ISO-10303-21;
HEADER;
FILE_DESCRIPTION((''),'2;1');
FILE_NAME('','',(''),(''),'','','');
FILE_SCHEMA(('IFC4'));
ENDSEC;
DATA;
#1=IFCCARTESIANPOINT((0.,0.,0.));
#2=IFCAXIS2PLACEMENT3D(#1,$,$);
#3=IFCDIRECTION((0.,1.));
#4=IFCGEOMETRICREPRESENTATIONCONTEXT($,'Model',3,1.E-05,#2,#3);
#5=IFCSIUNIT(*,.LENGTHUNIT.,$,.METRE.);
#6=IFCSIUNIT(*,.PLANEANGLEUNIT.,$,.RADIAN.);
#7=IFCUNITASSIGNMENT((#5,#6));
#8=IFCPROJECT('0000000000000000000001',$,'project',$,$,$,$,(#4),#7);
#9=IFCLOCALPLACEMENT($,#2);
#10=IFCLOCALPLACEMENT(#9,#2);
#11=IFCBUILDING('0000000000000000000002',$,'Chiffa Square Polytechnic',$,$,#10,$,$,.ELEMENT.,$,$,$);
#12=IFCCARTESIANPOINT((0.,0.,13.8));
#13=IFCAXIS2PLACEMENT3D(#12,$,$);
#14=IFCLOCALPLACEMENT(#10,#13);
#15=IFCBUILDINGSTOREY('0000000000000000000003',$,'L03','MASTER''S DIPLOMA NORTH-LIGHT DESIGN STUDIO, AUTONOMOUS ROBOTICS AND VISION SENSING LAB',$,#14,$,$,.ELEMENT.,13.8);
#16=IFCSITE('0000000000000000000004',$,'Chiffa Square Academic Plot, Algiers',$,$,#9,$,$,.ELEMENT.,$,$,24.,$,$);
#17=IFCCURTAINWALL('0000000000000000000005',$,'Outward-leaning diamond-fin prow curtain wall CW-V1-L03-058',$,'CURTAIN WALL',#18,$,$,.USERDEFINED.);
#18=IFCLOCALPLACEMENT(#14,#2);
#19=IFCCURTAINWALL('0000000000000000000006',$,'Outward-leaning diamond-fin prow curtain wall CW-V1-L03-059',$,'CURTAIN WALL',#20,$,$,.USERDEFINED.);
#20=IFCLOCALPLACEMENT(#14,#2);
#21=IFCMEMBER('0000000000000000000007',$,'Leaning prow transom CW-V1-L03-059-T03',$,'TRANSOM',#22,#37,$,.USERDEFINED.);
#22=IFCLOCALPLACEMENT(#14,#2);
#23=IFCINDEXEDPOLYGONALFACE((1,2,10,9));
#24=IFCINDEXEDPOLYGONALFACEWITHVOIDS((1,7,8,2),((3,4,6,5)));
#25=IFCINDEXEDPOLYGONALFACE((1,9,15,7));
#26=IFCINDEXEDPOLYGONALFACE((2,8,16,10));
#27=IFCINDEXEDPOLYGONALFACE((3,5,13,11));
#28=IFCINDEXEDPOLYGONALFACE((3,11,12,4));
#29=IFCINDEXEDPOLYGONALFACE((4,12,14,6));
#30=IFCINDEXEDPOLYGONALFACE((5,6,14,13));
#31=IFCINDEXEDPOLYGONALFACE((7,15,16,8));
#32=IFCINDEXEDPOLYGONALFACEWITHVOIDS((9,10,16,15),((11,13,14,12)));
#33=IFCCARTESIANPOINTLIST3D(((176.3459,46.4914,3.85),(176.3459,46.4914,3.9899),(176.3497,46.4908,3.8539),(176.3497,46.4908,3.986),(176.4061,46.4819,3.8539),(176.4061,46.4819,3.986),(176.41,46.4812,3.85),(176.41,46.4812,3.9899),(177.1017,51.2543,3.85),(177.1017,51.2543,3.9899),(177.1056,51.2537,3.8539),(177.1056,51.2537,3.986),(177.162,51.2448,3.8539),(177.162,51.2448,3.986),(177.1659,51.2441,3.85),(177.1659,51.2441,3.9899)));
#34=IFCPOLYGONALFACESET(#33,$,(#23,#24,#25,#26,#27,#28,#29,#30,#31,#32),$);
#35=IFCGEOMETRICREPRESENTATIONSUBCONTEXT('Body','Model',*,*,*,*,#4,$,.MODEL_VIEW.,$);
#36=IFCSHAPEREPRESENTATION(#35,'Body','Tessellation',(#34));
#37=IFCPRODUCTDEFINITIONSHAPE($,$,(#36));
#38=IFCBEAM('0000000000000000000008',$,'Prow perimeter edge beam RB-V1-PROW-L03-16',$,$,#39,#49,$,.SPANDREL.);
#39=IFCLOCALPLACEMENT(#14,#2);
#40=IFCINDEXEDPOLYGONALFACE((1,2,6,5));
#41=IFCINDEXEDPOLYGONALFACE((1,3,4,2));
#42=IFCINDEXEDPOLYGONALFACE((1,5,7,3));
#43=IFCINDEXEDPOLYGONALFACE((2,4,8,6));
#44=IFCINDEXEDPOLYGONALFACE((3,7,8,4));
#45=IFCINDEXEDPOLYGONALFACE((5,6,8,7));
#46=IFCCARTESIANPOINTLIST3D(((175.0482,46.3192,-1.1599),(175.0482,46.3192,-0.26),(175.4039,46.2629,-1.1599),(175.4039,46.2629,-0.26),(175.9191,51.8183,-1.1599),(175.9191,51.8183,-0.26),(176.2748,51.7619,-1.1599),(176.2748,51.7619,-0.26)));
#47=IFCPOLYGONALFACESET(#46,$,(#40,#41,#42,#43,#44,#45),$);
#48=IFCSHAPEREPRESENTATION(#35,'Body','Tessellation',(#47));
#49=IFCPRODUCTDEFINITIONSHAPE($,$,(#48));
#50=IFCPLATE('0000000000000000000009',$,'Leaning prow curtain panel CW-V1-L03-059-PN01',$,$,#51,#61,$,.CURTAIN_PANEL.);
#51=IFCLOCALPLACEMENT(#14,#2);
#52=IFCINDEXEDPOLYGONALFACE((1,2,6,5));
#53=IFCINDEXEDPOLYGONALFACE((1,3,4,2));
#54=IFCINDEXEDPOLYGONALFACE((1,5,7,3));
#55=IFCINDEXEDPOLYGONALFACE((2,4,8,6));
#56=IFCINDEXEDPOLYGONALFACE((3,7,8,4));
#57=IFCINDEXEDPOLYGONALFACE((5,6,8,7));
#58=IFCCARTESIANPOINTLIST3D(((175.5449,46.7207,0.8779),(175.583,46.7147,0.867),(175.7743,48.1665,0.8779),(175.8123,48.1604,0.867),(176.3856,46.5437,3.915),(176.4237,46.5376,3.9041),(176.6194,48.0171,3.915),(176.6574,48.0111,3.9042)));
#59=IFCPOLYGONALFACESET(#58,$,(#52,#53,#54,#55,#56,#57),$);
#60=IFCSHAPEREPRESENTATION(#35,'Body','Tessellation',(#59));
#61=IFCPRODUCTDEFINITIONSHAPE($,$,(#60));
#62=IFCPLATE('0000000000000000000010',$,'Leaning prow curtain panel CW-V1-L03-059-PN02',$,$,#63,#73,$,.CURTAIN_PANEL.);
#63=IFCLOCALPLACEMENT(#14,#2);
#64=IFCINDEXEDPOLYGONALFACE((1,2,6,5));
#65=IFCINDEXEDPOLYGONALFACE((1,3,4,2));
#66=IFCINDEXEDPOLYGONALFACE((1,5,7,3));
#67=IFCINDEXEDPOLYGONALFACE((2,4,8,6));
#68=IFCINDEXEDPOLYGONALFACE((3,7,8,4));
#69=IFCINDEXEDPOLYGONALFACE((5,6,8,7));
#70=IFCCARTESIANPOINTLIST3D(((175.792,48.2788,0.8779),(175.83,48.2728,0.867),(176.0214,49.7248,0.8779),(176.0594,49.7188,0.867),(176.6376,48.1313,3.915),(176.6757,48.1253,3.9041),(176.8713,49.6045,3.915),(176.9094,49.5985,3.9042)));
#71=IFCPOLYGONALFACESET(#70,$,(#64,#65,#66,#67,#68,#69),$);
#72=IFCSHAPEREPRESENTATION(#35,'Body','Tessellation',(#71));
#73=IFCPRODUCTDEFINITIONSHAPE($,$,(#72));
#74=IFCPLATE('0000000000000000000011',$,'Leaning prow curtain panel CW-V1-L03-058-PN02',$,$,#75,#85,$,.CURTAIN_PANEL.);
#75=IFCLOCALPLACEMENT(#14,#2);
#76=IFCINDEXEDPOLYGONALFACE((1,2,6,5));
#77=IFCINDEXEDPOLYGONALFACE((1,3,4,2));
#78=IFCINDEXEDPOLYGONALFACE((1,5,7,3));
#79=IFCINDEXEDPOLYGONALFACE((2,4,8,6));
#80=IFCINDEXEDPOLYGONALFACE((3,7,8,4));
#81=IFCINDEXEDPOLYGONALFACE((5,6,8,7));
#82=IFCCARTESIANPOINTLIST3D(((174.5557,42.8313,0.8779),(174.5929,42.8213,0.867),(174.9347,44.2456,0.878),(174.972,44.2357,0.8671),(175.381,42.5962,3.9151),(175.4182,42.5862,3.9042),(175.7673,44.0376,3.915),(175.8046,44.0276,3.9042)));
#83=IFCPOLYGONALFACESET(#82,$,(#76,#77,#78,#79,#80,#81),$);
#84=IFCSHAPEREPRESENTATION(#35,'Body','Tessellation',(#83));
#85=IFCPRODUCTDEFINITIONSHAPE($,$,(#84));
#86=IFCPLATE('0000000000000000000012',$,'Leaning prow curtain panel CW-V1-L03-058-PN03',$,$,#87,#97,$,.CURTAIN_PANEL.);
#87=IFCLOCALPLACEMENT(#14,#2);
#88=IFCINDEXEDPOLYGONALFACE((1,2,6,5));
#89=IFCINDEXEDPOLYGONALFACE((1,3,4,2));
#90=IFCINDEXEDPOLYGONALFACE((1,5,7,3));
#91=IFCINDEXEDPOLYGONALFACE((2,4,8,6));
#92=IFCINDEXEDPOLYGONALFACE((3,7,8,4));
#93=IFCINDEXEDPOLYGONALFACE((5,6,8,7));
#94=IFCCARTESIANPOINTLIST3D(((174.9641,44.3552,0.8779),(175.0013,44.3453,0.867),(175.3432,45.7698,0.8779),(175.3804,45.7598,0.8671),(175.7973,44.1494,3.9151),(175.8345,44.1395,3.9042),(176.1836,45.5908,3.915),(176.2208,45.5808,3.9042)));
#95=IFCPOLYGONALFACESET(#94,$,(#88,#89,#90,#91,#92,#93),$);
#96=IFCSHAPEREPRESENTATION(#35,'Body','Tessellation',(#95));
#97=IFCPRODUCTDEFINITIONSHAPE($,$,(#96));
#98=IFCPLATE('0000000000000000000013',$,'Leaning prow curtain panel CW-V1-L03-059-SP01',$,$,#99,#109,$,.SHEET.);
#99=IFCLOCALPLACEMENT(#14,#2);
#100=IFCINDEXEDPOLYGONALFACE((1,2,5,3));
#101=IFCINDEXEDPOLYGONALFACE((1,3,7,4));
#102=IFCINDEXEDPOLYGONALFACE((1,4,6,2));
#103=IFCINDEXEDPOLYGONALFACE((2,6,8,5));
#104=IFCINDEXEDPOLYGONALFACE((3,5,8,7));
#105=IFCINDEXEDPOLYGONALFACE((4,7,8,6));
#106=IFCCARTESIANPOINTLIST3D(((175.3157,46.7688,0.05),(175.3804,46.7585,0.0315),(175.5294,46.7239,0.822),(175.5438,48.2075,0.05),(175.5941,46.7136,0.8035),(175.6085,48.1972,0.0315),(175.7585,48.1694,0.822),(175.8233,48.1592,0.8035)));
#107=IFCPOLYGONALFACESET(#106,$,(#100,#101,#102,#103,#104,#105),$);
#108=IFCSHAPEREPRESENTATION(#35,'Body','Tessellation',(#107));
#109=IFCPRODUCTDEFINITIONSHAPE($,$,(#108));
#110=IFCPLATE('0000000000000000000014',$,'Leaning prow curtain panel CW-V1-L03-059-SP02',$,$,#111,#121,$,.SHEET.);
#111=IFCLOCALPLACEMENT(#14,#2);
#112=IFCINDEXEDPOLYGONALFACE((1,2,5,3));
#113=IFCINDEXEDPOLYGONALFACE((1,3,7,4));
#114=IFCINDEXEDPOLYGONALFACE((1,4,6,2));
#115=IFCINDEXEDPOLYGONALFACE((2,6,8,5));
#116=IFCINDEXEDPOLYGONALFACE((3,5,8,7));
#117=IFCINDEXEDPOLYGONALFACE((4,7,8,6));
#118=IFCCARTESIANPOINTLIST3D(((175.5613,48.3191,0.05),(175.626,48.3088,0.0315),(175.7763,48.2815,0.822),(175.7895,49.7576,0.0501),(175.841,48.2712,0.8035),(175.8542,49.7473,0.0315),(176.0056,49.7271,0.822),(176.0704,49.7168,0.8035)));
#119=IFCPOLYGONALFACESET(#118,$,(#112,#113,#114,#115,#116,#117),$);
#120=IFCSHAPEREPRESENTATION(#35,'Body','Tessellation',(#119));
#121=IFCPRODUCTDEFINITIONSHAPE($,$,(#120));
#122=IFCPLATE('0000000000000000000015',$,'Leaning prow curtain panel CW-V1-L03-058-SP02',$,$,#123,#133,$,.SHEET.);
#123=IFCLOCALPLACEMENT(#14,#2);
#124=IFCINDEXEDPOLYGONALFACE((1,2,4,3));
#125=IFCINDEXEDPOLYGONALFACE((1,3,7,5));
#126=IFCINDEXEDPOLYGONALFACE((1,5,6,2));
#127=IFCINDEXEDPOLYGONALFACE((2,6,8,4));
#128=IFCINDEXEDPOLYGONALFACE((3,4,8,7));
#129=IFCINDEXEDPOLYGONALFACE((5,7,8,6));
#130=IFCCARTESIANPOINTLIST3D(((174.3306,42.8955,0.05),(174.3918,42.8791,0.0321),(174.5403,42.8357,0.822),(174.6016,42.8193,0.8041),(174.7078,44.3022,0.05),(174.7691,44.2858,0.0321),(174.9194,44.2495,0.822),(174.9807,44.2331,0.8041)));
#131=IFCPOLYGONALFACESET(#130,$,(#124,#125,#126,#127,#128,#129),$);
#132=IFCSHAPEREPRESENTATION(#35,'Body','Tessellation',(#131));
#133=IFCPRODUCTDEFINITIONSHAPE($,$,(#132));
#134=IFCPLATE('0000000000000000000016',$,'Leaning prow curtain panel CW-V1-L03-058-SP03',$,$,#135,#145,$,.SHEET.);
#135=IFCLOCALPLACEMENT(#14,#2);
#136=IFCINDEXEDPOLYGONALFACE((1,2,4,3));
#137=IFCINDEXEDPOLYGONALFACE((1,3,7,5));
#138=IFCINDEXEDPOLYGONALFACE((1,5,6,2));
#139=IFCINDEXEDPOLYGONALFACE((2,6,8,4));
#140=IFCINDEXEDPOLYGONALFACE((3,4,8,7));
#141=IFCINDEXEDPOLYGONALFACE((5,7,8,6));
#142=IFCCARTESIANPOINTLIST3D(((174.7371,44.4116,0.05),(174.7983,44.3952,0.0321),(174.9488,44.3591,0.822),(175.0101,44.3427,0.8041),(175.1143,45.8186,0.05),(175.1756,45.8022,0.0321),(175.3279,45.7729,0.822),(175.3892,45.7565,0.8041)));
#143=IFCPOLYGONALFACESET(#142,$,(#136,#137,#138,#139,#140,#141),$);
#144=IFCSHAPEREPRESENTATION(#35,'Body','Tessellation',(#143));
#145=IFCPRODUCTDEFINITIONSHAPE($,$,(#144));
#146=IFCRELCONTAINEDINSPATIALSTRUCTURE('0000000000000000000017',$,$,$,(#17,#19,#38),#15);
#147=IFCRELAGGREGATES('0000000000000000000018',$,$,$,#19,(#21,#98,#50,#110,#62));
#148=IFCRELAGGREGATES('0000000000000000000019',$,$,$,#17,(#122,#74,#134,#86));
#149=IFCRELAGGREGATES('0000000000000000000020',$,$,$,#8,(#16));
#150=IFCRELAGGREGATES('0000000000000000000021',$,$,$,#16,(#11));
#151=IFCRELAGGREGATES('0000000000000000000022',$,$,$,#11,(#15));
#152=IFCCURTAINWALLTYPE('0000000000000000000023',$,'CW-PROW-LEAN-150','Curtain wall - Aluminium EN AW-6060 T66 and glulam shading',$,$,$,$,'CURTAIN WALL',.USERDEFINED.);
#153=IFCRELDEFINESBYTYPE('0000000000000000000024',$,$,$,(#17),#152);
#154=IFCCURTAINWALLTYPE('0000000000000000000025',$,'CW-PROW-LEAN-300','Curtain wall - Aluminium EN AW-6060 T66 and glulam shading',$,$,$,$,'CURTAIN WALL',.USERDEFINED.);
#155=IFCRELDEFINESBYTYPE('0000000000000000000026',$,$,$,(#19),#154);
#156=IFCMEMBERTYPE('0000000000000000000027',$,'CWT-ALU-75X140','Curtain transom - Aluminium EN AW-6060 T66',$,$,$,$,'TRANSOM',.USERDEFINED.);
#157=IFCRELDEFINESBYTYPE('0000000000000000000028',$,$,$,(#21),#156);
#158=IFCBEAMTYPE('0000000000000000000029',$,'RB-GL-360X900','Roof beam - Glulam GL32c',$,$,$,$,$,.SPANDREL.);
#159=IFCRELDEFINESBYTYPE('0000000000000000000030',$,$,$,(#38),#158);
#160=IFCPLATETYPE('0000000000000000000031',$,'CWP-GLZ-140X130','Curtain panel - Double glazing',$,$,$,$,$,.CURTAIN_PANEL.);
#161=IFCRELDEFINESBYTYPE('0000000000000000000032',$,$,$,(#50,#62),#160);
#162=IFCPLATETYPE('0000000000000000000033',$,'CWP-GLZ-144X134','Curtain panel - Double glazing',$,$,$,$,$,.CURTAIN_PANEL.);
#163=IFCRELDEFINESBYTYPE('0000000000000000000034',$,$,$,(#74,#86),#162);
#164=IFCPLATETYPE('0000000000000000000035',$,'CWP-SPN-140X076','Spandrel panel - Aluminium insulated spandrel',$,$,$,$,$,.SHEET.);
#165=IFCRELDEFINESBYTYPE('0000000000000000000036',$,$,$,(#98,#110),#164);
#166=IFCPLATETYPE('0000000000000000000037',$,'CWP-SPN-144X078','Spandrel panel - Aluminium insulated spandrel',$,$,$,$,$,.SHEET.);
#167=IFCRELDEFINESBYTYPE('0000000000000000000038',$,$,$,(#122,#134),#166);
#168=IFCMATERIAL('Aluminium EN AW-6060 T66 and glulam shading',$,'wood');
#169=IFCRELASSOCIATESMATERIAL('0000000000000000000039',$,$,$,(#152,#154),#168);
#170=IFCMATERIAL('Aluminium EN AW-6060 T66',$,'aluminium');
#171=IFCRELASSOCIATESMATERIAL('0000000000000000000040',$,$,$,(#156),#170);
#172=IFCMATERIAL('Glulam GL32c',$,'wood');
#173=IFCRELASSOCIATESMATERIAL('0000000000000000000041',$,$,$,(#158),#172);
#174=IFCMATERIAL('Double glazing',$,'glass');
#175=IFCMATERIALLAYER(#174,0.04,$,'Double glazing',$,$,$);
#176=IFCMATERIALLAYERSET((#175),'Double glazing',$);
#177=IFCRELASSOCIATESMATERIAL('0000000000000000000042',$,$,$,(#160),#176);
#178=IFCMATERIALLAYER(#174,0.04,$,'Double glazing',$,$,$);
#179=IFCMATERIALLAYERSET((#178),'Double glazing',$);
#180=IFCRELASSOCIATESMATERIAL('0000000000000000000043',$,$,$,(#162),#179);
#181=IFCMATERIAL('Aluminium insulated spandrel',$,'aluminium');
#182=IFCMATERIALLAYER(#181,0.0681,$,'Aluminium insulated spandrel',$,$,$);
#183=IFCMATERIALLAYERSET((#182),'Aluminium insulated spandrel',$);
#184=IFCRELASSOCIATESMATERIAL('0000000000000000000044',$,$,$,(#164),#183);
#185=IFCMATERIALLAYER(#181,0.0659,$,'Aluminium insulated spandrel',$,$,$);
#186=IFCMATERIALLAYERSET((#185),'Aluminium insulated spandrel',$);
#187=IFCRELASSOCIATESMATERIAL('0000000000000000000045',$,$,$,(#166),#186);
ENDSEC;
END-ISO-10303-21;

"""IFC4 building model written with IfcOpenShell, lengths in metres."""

from ifc_helpers import new_model, si_unit, direction, frame, origin, origin_2d, place, context, subcontext, project, spatial, polyline, rectangle, hollow_rectangle, outline, extrude, material, layer, layer_set, material_profile, profile_set, type_object, element, aggregate, save


model = new_model("IFC4")

# Units and contexts
model_context = context("Model", 3, precision=1e-05, world=origin(), true_north=direction((0.0, 1.0)))
body_context = subcontext(model_context, "Body", "Model", "MODEL_VIEW")
ifc_project = project(units=[si_unit("LENGTHUNIT", "METRE"), si_unit("PLANEANGLEUNIT", "RADIAN")], contexts=[model_context])

# Site, building, storey
site_placement = place(None, origin())
site = spatial("IfcSite", under=ifc_project, at=site_placement, Name="Chiffa Square Academic Plot, Algiers", CompositionType="ELEMENT", RefElevation=24.0)
building_placement = place(site_placement, origin())
building = spatial("IfcBuilding", under=site, at=building_placement, Name="Chiffa Square Polytechnic", CompositionType="ELEMENT")
storey_placement = place(building_placement, frame((0.0, 0.0, 13.8)))
storey = spatial("IfcBuildingStorey", under=building, at=storey_placement, Name="L03", Description="MASTER'S DIPLOMA NORTH-LIGHT DESIGN STUDIO, AUTONOMOUS ROBOTICS AND VISION SENSING LAB", CompositionType="ELEMENT", Elevation=13.8)

# Shared definitions
ifc_material_1 = material(Name="Glulam GL32c", Category="wood")

# Curtain walls
ifc_material_2 = material(Name="Aluminium EN AW-6060 T66 and glulam shading", Category="wood")
curtain_wall_type_1 = type_object("IfcCurtainWallType", Name="CW-PROW-LEAN-150", Description="Curtain wall - Aluminium EN AW-6060 T66 and glulam shading", ElementType="CURTAIN WALL", PredefinedType="USERDEFINED", material=ifc_material_2)
curtain_wall_1_placement = place(storey_placement, origin())
curtain_wall_1 = element("IfcCurtainWall", 1, at=curtain_wall_1_placement, inside=storey, type_object=curtain_wall_type_1, Name="Outward-leaning diamond-fin prow curtain wall CW-V1-L03-058", ObjectType="CURTAIN WALL", PredefinedType="USERDEFINED")
ifc_material_3 = material(Name="Aluminium EN AW-6060 T66", Category="aluminium")
curtain_wall_type_2 = type_object("IfcCurtainWallType", Name="CW-PROW-LEAN-300", Description="Curtain wall - Aluminium EN AW-6060 T66 and glulam shading", ElementType="CURTAIN WALL", PredefinedType="USERDEFINED", material=ifc_material_2)
curtain_wall_2_placement = place(storey_placement, origin())
curtain_wall_2 = element("IfcCurtainWall", 2, at=curtain_wall_2_placement, inside=storey, type_object=curtain_wall_type_2, Name="Outward-leaning diamond-fin prow curtain wall CW-V1-L03-059", ObjectType="CURTAIN WALL", PredefinedType="USERDEFINED")

# Member
ifc_material_profile_1 = material_profile(ifc_material_3, hollow_rectangle(XDim=0.0649, YDim=0.1399, WallThickness=0.0039, at=origin_2d()), Name="ALU 65x140x4")
ifc_profile_set_1 = profile_set([ifc_material_profile_1], Name="Aluminium EN AW-6060 T66")
member_type_1 = type_object("IfcMemberType", Name="CWT-ALU-75X140", Description="Curtain transom - Aluminium EN AW-6060 T66", ElementType="TRANSOM", PredefinedType="USERDEFINED", material=ifc_profile_set_1)
member_1_placement = place(storey_placement, frame((176.3779, 46.4863, 3.9199), z_axis=(0.156735, 0.987641, 0.0), x_axis=(-0.987641, 0.156735, 0.0)))
member_1 = element("IfcMember", 3, at=member_1_placement, type_object=member_type_1, Name="Leaning prow transom CW-V1-L03-059-T03", ObjectType="TRANSOM", PredefinedType="USERDEFINED", context=body_context, shape_type="SweptSolid", body=[
    extrude(hollow_rectangle(XDim=0.0649, YDim=0.1399, WallThickness=0.0039, at=origin_2d()), origin(), (0.0, 0.0, 1.0), 4.8225),
])

# Beam
ifc_material_profile_2 = material_profile(ifc_material_1, rectangle(XDim=0.3601, YDim=0.8999, at=origin_2d()), Name="GL32c 360x900")
ifc_profile_set_2 = profile_set([ifc_material_profile_2], Name="Glulam GL32c")
beam_type = type_object("IfcBeamType", Name="RB-GL-360X900", Description="Roof beam - Glulam GL32c", PredefinedType="SPANDREL", material=ifc_profile_set_2)
beam_placement = place(storey_placement, frame((175.2261, 46.291, -0.71), z_axis=(0.156415, 0.987691, 0.0), x_axis=(-0.987691, 0.156415, 0.0)))
element("IfcBeam", 4, at=beam_placement, inside=storey, type_object=beam_type, Name="Prow perimeter edge beam RB-V1-PROW-L03-16", PredefinedType="SPANDREL", context=body_context, shape_type="SweptSolid", body=[
    extrude(rectangle(XDim=0.3601, YDim=0.8999, at=origin_2d()), origin(), (0.0, 0.0, 1.0), 5.5676),
])

# Plates
ifc_material_4 = material(Name="Double glazing", Category="glass")
ifc_layer_1 = layer(ifc_material_4, 0.04, Name="Double glazing")
ifc_layer_set_1 = layer_set([ifc_layer_1], Name="Double glazing")
plate_type_1 = type_object("IfcPlateType", Name="CWP-GLZ-140X130", Description="Curtain panel - Double glazing", PredefinedType="CURTAIN_PANEL", material=ifc_layer_set_1)
plate_1_placement = place(storey_placement, frame((175.5449, 46.7207, 0.8779), z_axis=(-0.950443, 0.15079, 0.271882), x_axis=(0.156686, 0.987649, -0.000023)))
plate_1 = element("IfcPlate", 5, at=plate_1_placement, type_object=plate_type_1, Name="Leaning prow curtain panel CW-V1-L03-059-PN01", PredefinedType="CURTAIN_PANEL", context=body_context, shape_type="SweptSolid", body=[
    extrude(outline(polyline([(0.0, 0.0), (1.4639, 0.0), (1.4487, -3.156), (-0.0432, -3.156), (0.0, 0.0)])), origin(), (0.0, 0.0, -1.0), 0.04),
])
plate_2_placement = place(storey_placement, frame((175.792, 48.2788, 0.8779), z_axis=(-0.950424, 0.150787, 0.27195), x_axis=(0.156684, 0.987649, -0.00003)))
plate_2 = element("IfcPlate", 6, at=plate_2_placement, type_object=plate_type_1, Name="Leaning prow curtain panel CW-V1-L03-059-PN02", PredefinedType="CURTAIN_PANEL", context=body_context, shape_type="SweptSolid", body=[
    extrude(outline(polyline([(0.0, 0.0), (1.4641, 0.0), (1.4783, -3.1561), (-0.0133, -3.156), (0.0, 0.0)])), origin(), (0.0, 0.0, -1.0), 0.04),
])
ifc_layer_2 = layer(ifc_material_4, 0.04, Name="Double glazing")
ifc_layer_set_2 = layer_set([ifc_layer_2], Name="Double glazing")
plate_type_2 = type_object("IfcPlateType", Name="CWP-GLZ-144X134", Description="Curtain panel - Double glazing", PredefinedType="CURTAIN_PANEL", material=ifc_layer_set_2)
plate_3_placement = place(storey_placement, frame((174.5557, 42.8313, 0.8779), z_axis=(-0.929523, 0.249128, 0.271887), x_axis=(0.258885, 0.965908, 0.000016)))
plate_3 = element("IfcPlate", 7, at=plate_3_placement, type_object=plate_type_2, Name="Leaning prow curtain panel CW-V1-L03-058-PN02", PredefinedType="CURTAIN_PANEL", context=body_context, shape_type="SweptSolid", body=[
    extrude(outline(polyline([(0.0, 0.0), (1.4642, 0.0), (1.4789, -3.156), (-0.0134, -3.156), (0.0, 0.0)])), origin(), (0.0, 0.0, -1.0), 0.04),
])
plate_4_placement = place(storey_placement, frame((174.9641, 44.3552, 0.8779), z_axis=(-0.929528, 0.249109, 0.271886), x_axis=(0.258863, 0.965914, 0.00001)))
plate_4 = element("IfcPlate", 8, at=plate_4_placement, type_object=plate_type_2, Name="Leaning prow curtain panel CW-V1-L03-058-PN03", PredefinedType="CURTAIN_PANEL", context=body_context, shape_type="SweptSolid", body=[
    extrude(outline(polyline([(0.0, 0.0), (1.4645, 0.0), (1.5092, -3.156), (0.0169, -3.156), (0.0, 0.0)])), origin(), (0.0, 0.0, -1.0), 0.04),
])
ifc_material_5 = material(Name="Aluminium insulated spandrel", Category="aluminium")
ifc_layer_3 = layer(ifc_material_5, 0.0681, Name="Aluminium insulated spandrel")
ifc_layer_set_3 = layer_set([ifc_layer_3], Name="Aluminium insulated spandrel")
plate_type_3 = type_object("IfcPlateType", Name="CWP-SPN-140X076", Description="Spandrel panel - Aluminium insulated spandrel", PredefinedType="SHEET", material=ifc_layer_set_3)
plate_5_placement = place(storey_placement, frame((175.3157, 46.7688, 0.05), z_axis=(-0.950463, 0.150687, 0.271869), x_axis=(0.156582, 0.987665, -0.000012)))
plate_5 = element("IfcPlate", 9, at=plate_5_placement, type_object=plate_type_3, Name="Leaning prow curtain panel CW-V1-L03-059-SP01", PredefinedType="SHEET", context=body_context, shape_type="SweptSolid", body=[
    extrude(outline(polyline([(0.0, 0.0), (1.4567, 0.0), (1.4527, -0.8022), (-0.0109, -0.8022), (0.0, 0.0)])), origin(), (0.0, 0.0, -1.0), 0.0681),
])
plate_6_placement = place(storey_placement, frame((175.5613, 48.3191, 0.05), z_axis=(-0.950397, 0.15077, 0.272054), x_axis=(0.156683, 0.987649, 0.000013)))
plate_6 = element("IfcPlate", 10, at=plate_6_placement, type_object=plate_type_3, Name="Leaning prow curtain panel CW-V1-L03-059-SP02", PredefinedType="SHEET", context=body_context, shape_type="SweptSolid", body=[
    extrude(outline(polyline([(0.0, 0.0), (1.4565, 0.0), (1.4602, -0.8022), (-0.0034, -0.8023), (0.0, 0.0)])), origin(), (0.0, 0.0, -1.0), 0.0681),
])
aggregate(curtain_wall_2, [member_1, plate_5, plate_1, plate_6, plate_2])
ifc_layer_4 = layer(ifc_material_5, 0.0659, Name="Aluminium insulated spandrel")
ifc_layer_set_4 = layer_set([ifc_layer_4], Name="Aluminium insulated spandrel")
plate_type_4 = type_object("IfcPlateType", Name="CWP-SPN-144X078", Description="Spandrel panel - Aluminium insulated spandrel", PredefinedType="SHEET", material=ifc_layer_set_4)
plate_7_placement = place(storey_placement, frame((174.3306, 42.8955, 0.05), z_axis=(-0.929499, 0.24925, 0.271856), x_axis=(0.259004, 0.965876, -0.000005)))
plate_7 = element("IfcPlate", 11, at=plate_7_placement, type_object=plate_type_4, Name="Leaning prow curtain panel CW-V1-L03-058-SP02", PredefinedType="SHEET", context=body_context, shape_type="SweptSolid", body=[
    extrude(outline(polyline([(0.0, 0.0), (1.4564, 0.0), (1.4603, -0.8022), (-0.0035, -0.8022), (0.0, 0.0)])), origin(), (0.0, 0.0, -1.0), 0.0659),
])
plate_8_placement = place(storey_placement, frame((174.7371, 44.4116, 0.05), z_axis=(-0.929498, 0.249228, 0.271881), x_axis=(0.258981, 0.965882, -0.00001)))
plate_8 = element("IfcPlate", 12, at=plate_8_placement, type_object=plate_type_4, Name="Leaning prow curtain panel CW-V1-L03-058-SP03", PredefinedType="SHEET", context=body_context, shape_type="SweptSolid", body=[
    extrude(outline(polyline([(0.0, 0.0), (1.4567, 0.0), (1.4679, -0.8022), (0.0041, -0.8022), (0.0, 0.0)])), origin(), (0.0, 0.0, -1.0), 0.0659),
])
aggregate(curtain_wall_1, [plate_7, plate_3, plate_8, plate_4])

save(model, "model.ifc")
